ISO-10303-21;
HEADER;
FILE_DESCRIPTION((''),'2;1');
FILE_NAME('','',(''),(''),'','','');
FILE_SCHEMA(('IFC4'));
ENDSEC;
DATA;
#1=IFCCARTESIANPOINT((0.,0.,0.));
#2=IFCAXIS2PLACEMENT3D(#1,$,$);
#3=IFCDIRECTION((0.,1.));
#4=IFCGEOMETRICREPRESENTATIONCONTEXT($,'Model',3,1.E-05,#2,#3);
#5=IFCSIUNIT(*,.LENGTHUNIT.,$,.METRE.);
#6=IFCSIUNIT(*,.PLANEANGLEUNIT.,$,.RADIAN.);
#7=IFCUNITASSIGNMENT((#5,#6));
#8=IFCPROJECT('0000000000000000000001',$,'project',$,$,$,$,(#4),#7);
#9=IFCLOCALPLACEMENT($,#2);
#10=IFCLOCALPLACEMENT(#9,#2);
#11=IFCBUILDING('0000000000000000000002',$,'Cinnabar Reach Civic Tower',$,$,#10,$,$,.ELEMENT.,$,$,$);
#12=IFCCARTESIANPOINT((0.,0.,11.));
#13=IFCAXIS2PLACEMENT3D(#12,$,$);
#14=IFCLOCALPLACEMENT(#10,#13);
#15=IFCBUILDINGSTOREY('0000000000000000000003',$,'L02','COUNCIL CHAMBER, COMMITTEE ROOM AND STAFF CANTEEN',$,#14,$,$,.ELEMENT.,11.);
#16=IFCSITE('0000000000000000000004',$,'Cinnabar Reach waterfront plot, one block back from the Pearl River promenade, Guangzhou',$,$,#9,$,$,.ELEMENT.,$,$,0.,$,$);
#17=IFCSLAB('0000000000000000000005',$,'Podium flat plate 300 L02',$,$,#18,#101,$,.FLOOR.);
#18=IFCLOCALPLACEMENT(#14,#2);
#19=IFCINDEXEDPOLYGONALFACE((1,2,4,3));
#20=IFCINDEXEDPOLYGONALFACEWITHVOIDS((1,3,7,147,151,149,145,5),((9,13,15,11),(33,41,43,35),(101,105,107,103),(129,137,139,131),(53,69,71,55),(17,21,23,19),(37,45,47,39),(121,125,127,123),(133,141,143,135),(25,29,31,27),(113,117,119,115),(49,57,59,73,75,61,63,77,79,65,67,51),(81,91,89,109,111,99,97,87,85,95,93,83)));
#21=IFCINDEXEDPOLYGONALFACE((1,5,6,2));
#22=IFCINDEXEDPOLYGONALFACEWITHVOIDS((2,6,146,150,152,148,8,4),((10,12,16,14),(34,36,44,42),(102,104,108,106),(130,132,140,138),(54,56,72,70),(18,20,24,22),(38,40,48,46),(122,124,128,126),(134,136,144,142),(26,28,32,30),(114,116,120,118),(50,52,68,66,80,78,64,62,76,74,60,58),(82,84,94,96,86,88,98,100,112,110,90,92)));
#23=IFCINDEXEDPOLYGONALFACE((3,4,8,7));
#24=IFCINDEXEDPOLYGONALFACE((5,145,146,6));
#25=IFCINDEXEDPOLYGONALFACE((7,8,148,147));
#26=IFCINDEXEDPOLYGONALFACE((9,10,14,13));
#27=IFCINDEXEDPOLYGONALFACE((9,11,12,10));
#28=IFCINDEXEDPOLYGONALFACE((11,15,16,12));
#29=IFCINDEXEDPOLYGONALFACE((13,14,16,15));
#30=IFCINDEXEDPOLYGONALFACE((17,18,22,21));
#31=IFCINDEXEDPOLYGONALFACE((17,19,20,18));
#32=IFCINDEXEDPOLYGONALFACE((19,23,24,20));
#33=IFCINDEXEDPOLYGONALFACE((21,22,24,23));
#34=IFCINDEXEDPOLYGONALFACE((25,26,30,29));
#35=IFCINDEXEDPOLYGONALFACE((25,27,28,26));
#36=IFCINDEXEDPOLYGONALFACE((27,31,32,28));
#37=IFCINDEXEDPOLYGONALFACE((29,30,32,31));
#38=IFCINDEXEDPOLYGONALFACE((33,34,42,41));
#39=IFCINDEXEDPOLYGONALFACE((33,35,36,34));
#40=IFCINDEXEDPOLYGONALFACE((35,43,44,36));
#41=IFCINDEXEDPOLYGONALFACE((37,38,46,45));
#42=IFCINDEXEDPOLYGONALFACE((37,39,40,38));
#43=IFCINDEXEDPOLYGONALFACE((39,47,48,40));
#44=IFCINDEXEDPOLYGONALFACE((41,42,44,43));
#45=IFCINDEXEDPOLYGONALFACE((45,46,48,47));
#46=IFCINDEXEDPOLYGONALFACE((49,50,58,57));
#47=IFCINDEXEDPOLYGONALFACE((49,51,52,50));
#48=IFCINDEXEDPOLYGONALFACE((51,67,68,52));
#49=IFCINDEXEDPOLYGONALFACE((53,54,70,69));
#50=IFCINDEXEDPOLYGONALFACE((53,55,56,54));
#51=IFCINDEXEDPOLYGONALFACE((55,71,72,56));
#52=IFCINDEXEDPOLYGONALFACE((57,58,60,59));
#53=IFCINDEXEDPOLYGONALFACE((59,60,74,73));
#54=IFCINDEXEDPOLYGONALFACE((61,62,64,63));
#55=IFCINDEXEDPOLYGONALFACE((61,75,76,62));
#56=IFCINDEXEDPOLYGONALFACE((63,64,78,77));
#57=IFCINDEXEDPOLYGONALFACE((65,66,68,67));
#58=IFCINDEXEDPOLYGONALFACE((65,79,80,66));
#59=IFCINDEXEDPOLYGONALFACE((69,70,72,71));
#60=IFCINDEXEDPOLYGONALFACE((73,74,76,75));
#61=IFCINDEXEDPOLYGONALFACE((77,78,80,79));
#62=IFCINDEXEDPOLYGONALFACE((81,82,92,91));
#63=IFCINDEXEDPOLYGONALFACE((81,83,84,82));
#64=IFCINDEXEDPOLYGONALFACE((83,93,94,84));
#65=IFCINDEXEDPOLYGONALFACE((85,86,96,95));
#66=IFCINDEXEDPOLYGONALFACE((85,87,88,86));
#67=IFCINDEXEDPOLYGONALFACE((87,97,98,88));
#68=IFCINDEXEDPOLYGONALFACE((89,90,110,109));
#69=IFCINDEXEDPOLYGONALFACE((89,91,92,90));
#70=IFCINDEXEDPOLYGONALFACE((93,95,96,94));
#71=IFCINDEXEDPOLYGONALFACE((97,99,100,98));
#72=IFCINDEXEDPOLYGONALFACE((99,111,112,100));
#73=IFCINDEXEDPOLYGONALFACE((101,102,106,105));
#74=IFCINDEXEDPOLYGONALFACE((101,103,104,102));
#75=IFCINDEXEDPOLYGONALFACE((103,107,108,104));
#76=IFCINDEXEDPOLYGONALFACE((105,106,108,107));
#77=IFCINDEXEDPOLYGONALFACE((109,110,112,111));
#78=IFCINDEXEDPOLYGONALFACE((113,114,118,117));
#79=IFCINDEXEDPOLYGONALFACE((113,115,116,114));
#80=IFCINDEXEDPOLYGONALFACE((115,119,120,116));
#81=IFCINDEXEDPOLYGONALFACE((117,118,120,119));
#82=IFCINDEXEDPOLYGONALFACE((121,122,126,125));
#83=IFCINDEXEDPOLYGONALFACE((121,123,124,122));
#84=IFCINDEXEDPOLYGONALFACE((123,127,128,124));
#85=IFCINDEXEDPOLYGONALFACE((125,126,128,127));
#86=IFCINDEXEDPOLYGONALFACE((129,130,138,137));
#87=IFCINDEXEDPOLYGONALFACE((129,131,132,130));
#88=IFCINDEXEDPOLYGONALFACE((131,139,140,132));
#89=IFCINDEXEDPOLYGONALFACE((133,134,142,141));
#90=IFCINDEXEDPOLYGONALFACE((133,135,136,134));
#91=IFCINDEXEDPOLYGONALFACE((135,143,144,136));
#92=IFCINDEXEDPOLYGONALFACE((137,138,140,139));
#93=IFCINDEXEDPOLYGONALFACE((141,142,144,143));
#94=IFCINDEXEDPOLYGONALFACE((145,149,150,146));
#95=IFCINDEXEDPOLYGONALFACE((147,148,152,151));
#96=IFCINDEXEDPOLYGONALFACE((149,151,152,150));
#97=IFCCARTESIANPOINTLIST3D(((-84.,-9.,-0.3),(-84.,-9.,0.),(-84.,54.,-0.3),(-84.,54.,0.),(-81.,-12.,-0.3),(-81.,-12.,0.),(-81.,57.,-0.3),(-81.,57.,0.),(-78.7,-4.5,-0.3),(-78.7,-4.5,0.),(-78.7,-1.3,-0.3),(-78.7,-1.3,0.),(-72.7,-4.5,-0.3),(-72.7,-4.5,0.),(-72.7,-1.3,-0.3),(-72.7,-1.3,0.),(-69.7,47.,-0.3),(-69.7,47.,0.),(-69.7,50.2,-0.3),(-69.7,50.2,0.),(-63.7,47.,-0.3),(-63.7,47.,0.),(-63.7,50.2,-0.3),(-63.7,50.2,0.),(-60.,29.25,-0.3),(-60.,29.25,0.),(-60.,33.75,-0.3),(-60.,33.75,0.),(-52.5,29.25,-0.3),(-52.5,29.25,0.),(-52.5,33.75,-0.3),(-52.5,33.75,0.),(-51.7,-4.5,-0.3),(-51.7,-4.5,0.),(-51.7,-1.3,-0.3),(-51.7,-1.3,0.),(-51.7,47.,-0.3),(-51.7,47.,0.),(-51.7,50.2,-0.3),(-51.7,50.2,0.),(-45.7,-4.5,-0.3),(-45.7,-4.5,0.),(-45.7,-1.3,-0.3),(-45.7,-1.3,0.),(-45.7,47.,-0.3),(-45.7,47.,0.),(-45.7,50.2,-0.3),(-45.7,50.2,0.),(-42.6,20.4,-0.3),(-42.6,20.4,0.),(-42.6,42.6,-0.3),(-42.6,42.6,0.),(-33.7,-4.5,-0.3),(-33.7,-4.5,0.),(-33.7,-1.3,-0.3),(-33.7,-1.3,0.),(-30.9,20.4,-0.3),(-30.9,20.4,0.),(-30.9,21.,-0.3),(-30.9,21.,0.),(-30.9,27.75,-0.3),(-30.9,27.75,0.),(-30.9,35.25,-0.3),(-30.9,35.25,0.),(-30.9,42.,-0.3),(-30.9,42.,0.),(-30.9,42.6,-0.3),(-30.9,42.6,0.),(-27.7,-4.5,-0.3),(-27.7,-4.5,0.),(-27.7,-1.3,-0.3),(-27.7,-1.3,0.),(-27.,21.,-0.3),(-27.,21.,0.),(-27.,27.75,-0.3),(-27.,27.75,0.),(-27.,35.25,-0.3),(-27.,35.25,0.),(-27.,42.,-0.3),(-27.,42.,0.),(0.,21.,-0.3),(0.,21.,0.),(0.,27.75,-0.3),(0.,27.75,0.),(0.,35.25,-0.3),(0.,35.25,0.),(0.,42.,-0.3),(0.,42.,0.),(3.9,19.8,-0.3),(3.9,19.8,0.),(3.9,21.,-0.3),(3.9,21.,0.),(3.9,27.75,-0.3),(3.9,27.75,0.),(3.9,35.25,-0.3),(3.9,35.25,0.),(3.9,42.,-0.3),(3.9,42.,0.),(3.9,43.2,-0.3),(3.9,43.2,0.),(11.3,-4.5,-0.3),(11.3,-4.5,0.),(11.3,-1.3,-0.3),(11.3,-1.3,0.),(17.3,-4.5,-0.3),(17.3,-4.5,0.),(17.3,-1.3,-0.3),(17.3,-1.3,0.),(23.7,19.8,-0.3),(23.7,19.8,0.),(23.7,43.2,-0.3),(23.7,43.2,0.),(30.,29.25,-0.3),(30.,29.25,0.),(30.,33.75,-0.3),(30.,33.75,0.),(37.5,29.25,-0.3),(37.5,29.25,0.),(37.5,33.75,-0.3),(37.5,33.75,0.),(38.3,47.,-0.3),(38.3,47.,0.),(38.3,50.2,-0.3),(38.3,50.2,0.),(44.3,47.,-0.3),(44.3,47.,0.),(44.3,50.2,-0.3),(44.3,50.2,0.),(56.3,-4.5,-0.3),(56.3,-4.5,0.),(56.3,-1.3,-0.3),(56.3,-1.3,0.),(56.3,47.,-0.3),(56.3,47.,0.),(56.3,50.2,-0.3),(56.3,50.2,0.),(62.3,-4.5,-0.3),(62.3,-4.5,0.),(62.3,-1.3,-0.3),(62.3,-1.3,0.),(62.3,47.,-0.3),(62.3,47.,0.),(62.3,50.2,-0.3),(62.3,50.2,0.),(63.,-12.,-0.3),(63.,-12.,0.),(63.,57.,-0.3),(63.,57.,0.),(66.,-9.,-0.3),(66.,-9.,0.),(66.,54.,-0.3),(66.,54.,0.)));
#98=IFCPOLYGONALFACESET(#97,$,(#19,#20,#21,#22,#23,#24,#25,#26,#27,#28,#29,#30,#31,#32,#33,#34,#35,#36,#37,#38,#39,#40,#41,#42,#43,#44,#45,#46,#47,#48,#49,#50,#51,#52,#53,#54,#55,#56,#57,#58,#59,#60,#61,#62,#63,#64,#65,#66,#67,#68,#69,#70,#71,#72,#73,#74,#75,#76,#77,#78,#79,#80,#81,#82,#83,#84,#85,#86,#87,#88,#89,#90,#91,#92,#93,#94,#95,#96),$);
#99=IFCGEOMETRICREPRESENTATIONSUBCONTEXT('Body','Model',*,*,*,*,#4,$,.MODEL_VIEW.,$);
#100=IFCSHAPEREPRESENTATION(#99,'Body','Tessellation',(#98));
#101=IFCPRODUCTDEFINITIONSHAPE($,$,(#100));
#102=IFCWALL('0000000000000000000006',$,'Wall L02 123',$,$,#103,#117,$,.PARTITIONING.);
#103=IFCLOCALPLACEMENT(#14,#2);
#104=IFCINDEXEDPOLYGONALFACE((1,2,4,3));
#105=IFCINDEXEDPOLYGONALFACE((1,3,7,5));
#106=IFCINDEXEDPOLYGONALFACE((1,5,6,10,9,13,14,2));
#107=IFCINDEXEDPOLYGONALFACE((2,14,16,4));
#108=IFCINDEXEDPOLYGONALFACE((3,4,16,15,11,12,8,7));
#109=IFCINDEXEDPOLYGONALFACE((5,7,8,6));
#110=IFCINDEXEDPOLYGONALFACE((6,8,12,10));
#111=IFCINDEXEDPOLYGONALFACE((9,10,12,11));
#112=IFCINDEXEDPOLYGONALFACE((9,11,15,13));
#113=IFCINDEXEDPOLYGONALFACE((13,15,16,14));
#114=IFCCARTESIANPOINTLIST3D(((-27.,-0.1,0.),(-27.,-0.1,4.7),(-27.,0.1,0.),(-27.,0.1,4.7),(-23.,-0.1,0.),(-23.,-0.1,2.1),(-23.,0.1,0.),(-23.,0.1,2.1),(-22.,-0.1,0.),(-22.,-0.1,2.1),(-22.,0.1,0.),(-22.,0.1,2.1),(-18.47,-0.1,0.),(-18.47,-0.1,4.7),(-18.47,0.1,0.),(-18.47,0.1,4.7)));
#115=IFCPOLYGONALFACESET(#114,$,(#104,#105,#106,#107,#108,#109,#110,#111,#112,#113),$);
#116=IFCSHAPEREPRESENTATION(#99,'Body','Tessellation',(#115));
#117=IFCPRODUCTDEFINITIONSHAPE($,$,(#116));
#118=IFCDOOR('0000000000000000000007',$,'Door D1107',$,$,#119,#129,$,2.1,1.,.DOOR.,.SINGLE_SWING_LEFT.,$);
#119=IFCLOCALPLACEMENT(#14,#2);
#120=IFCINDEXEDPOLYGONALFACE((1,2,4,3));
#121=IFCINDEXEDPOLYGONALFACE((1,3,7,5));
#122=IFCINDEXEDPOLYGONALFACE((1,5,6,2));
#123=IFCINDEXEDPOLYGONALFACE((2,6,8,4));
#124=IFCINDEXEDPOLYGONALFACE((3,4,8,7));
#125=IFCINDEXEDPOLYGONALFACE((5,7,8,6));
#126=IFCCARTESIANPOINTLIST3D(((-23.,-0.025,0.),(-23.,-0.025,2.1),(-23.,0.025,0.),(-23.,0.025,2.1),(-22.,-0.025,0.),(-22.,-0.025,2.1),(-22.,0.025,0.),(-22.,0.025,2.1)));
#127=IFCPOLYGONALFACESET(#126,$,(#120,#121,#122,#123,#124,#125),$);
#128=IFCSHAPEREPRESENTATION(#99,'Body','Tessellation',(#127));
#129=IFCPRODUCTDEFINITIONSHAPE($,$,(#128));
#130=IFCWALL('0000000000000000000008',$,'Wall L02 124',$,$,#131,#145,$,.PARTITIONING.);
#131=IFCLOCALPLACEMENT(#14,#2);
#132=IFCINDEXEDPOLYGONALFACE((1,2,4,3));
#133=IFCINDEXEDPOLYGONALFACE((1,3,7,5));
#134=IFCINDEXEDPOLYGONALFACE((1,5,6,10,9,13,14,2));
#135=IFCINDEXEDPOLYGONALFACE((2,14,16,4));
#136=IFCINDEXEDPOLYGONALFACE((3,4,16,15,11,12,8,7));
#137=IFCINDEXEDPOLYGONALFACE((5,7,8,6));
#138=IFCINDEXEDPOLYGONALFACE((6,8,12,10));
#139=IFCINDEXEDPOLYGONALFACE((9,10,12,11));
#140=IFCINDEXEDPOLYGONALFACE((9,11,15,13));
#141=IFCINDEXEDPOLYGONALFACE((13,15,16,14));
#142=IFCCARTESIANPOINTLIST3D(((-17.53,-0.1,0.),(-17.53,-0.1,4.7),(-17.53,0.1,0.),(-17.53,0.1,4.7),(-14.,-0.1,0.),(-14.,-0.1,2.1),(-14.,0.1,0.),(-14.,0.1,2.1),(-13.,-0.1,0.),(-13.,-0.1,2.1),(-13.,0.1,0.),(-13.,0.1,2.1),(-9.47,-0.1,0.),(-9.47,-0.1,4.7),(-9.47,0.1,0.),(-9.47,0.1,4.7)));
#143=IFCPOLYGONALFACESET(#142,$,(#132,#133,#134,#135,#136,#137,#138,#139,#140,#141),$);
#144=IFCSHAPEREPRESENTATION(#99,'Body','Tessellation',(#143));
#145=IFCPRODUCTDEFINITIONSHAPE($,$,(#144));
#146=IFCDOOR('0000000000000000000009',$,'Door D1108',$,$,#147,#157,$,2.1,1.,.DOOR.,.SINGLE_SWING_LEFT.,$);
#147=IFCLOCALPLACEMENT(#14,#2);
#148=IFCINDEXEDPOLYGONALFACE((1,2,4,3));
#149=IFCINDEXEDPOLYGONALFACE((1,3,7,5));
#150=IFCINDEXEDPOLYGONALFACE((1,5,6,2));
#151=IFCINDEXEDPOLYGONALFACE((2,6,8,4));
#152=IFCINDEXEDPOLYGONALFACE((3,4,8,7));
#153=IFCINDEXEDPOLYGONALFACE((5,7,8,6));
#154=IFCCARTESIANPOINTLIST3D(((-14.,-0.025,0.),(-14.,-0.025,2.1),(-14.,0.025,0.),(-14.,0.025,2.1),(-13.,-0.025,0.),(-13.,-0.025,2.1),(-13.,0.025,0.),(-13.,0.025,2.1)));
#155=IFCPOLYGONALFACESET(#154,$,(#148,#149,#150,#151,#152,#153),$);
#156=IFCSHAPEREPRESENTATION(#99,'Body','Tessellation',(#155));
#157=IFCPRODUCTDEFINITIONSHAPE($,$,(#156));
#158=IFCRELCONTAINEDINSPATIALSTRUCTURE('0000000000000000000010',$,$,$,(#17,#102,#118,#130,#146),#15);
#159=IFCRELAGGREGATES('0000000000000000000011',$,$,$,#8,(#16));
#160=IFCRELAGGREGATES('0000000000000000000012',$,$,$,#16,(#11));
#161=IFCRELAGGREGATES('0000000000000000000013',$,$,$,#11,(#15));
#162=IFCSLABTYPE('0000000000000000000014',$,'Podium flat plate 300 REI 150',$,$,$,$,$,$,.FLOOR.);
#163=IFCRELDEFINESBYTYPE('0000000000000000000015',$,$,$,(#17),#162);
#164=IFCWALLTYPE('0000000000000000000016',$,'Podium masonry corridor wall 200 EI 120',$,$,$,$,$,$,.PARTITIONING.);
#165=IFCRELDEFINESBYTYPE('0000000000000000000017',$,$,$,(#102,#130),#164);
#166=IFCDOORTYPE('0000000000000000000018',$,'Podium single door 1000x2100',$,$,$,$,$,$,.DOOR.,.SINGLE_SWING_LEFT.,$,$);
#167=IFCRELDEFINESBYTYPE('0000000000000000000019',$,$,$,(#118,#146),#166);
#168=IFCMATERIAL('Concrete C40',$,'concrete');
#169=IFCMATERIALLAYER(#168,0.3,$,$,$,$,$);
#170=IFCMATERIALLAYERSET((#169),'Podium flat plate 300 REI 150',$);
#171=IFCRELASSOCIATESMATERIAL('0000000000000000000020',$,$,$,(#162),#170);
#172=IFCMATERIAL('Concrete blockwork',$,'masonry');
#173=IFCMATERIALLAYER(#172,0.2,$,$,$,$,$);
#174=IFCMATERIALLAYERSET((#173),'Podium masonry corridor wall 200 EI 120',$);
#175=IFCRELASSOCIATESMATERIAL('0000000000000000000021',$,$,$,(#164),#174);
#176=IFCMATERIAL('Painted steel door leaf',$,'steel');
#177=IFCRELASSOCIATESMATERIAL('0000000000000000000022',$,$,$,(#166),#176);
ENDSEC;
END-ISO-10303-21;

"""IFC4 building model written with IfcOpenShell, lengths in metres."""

from ifc_helpers import new_model, si_unit, direction, frame, frame_2d, origin, place, context, subcontext, project, spatial, polyline, rectangle, outline, extrude, material, layer, layer_set, type_object, element, fill, save


model = new_model("IFC4")

# Units and contexts
model_context = context("Model", 3, precision=1e-05, world=origin(), true_north=direction((0.0, 1.0)))
body_context = subcontext(model_context, "Body", "Model", "MODEL_VIEW")
ifc_project = project(units=[si_unit("LENGTHUNIT", "METRE"), si_unit("PLANEANGLEUNIT", "RADIAN")], contexts=[model_context])

# Site, building, storey
site_placement = place(None, origin())
site = spatial("IfcSite", under=ifc_project, at=site_placement, Name="Cinnabar Reach waterfront plot, one block back from the Pearl River promenade, Guangzhou", CompositionType="ELEMENT", RefElevation=0.0)
building_placement = place(site_placement, origin())
building = spatial("IfcBuilding", under=site, at=building_placement, Name="Cinnabar Reach Civic Tower", CompositionType="ELEMENT")
storey_placement = place(building_placement, frame((0.0, 0.0, 11.0)))
storey = spatial("IfcBuildingStorey", under=building, at=storey_placement, Name="L02", Description="COUNCIL CHAMBER, COMMITTEE ROOM AND STAFF CANTEEN", CompositionType="ELEMENT", Elevation=11.0)

# Slab
ifc_material_1 = material(Name="Concrete C40", Category="concrete")
ifc_layer_1 = layer(ifc_material_1, 0.3)
ifc_layer_set_1 = layer_set([ifc_layer_1], Name="Podium flat plate 300 REI 150")
slab_type_1 = type_object("IfcSlabType", Name="Podium flat plate 300 REI 150", PredefinedType="FLOOR", material=ifc_layer_set_1)
slab_1_placement = place(storey_placement, frame((0.0, 0.0, -0.3)))
element("IfcSlab", 1, at=slab_1_placement, inside=storey, type_object=slab_type_1, Name="Podium flat plate 300 L02", PredefinedType="FLOOR", context=body_context, shape_type="SweptSolid", body=[
    extrude(outline(polyline([(-84.0, -9.0), (-84.0, 54.0), (-81.0, 57.0), (63.0, 57.0), (66.0, 54.0), (66.0, -9.0), (63.0, -12.0), (-81.0, -12.0), (-84.0, -9.0)]), holes=[polyline([(-78.7, -1.3), (-78.7, -4.5), (-72.7, -4.5), (-72.7, -1.3), (-78.7, -1.3)]), polyline([(-45.7, -1.3), (-51.7, -1.3), (-51.7, -4.5), (-45.7, -4.5), (-45.7, -1.3)]), polyline([(-27.7, -1.3), (-33.7, -1.3), (-33.7, -4.5), (-27.7, -4.5), (-27.7, -1.3)]), polyline([(-60.0, 33.75), (-60.0, 29.25), (-52.5, 29.25), (-52.5, 33.75), (-60.0, 33.75)]), polyline([(-42.6, 20.4), (-30.9, 20.4), (-30.9, 21.0), (-27.0, 21.0), (-27.0, 27.75), (-30.9, 27.75), (-30.9, 35.25), (-27.0, 35.25), (-27.0, 42.0), (-30.9, 42.0), (-30.9, 42.6), (-42.6, 42.6), (-42.6, 20.4)]), polyline([(-63.7, 50.2), (-69.7, 50.2), (-69.7, 47.0), (-63.7, 47.0), (-63.7, 50.2)]), polyline([(-51.7, 50.2), (-51.7, 47.0), (-45.7, 47.0), (-45.7, 50.2), (-51.7, 50.2)]), polyline([(17.3, -1.3), (11.3, -1.3), (11.3, -4.5), (17.3, -4.5), (17.3, -1.3)]), polyline([(62.3, -1.3), (56.3, -1.3), (56.3, -4.5), (62.3, -4.5), (62.3, -1.3)]), polyline([(3.9, 42.0), (0.0, 42.0), (0.0, 35.25), (3.9, 35.25), (3.9, 27.75), (0.0, 27.75), (0.0, 21.0), (3.9, 21.0), (3.9, 19.8), (23.7, 19.8), (23.7, 43.2), (3.9, 43.2), (3.9, 42.0)]), polyline([(37.5, 33.75), (30.0, 33.75), (30.0, 29.25), (37.5, 29.25), (37.5, 33.75)]), polyline([(44.3, 47.0), (44.3, 50.2), (38.3, 50.2), (38.3, 47.0), (44.3, 47.0)]), polyline([(62.3, 47.0), (62.3, 50.2), (56.3, 50.2), (56.3, 47.0), (62.3, 47.0)])]), origin(), (0.0, 0.0, 1.0), 0.3),
])

# Walls, openings, doors
ifc_material_2 = material(Name="Concrete blockwork", Category="masonry")
ifc_layer_2 = layer(ifc_material_2, 0.2)
ifc_layer_set_2 = layer_set([ifc_layer_2], Name="Podium masonry corridor wall 200 EI 120")
wall_type_1 = type_object("IfcWallType", Name="Podium masonry corridor wall 200 EI 120", PredefinedType="PARTITIONING", material=ifc_layer_set_2)
wall_1_placement = place(storey_placement, frame((-27.0, 0.0, 0.0), z_axis=(0.0, 0.0, 1.0), x_axis=(1.0, 0.0, 0.0)))
wall_1 = element("IfcWall", 2, at=wall_1_placement, inside=storey, type_object=wall_type_1, Name="Wall L02 123", PredefinedType="PARTITIONING", context=body_context, shape_type="SweptSolid", body=[
    extrude(rectangle(XDim=8.53, YDim=0.2, at=frame_2d((4.265, 0.0))), origin(), (0.0, 0.0, 1.0), 4.7),
])
opening_1_placement = place(wall_1_placement, frame((4.0, 0.0, 0.0)))
opening_1 = element("IfcOpeningElement", 3, at=opening_1_placement, cuts=wall_1, PredefinedType="OPENING", context=body_context, shape_type="SweptSolid", body=[
    extrude(rectangle(XDim=1.0, YDim=2.1, at=frame_2d((0.5, 1.05))), frame((0.0, 0.11, 0.0), z_axis=(0.0, -1.0, 0.0), x_axis=(1.0, 0.0, 0.0)), (0.0, 0.0, 1.0), 0.22),
])
ifc_material_3 = material(Name="Painted steel door leaf", Category="steel")
door_type = type_object("IfcDoorType", Name="Podium single door 1000x2100", OperationType="SINGLE_SWING_LEFT", PredefinedType="DOOR", material=ifc_material_3)
door_1_placement = place(opening_1_placement, frame((1.0, 0.0, 0.0), z_axis=(0.0, 0.0, 1.0), x_axis=(-1.0, 0.0, 0.0)))
door_1 = element("IfcDoor", 4, at=door_1_placement, inside=storey, type_object=door_type, Name="Door D1107", OperationType="SINGLE_SWING_LEFT", OverallHeight=2.1, OverallWidth=1.0, PredefinedType="DOOR", context=body_context, shape_type="SweptSolid", body=[
    extrude(rectangle(XDim=1.0, YDim=2.1, at=frame_2d((0.5, 1.05))), frame((0.0, 0.025, 0.0), z_axis=(0.0, -1.0, 0.0), x_axis=(1.0, 0.0, 0.0)), (0.0, 0.0, 1.0), 0.05),
])
fill(opening_1, door_1)
wall_2_placement = place(storey_placement, frame((-17.53, 0.0, 0.0), z_axis=(0.0, 0.0, 1.0), x_axis=(1.0, 0.0, 0.0)))
wall_2 = element("IfcWall", 5, at=wall_2_placement, inside=storey, type_object=wall_type_1, Name="Wall L02 124", PredefinedType="PARTITIONING", context=body_context, shape_type="SweptSolid", body=[
    extrude(rectangle(XDim=8.06, YDim=0.2, at=frame_2d((4.03, 0.0))), origin(), (0.0, 0.0, 1.0), 4.7),
])
opening_2_placement = place(wall_2_placement, frame((3.53, 0.0, 0.0)))
opening_2 = element("IfcOpeningElement", 6, at=opening_2_placement, cuts=wall_2, PredefinedType="OPENING", context=body_context, shape_type="SweptSolid", body=[
    extrude(rectangle(XDim=1.0, YDim=2.1, at=frame_2d((0.5, 1.05))), frame((0.0, 0.11, 0.0), z_axis=(0.0, -1.0, 0.0), x_axis=(1.0, 0.0, 0.0)), (0.0, 0.0, 1.0), 0.22),
])
door_2_placement = place(opening_2_placement, frame((1.0, 0.0, 0.0), z_axis=(0.0, 0.0, 1.0), x_axis=(-1.0, 0.0, 0.0)))
door_2 = element("IfcDoor", 7, at=door_2_placement, inside=storey, type_object=door_type, Name="Door D1108", OperationType="SINGLE_SWING_LEFT", OverallHeight=2.1, OverallWidth=1.0, PredefinedType="DOOR", context=body_context, shape_type="SweptSolid", body=[
    extrude(rectangle(XDim=1.0, YDim=2.1, at=frame_2d((0.5, 1.05))), frame((0.0, 0.025, 0.0), z_axis=(0.0, -1.0, 0.0), x_axis=(1.0, 0.0, 0.0)), (0.0, 0.0, 1.0), 0.05),
])
fill(opening_2, door_2)

save(model, "model.ifc")
